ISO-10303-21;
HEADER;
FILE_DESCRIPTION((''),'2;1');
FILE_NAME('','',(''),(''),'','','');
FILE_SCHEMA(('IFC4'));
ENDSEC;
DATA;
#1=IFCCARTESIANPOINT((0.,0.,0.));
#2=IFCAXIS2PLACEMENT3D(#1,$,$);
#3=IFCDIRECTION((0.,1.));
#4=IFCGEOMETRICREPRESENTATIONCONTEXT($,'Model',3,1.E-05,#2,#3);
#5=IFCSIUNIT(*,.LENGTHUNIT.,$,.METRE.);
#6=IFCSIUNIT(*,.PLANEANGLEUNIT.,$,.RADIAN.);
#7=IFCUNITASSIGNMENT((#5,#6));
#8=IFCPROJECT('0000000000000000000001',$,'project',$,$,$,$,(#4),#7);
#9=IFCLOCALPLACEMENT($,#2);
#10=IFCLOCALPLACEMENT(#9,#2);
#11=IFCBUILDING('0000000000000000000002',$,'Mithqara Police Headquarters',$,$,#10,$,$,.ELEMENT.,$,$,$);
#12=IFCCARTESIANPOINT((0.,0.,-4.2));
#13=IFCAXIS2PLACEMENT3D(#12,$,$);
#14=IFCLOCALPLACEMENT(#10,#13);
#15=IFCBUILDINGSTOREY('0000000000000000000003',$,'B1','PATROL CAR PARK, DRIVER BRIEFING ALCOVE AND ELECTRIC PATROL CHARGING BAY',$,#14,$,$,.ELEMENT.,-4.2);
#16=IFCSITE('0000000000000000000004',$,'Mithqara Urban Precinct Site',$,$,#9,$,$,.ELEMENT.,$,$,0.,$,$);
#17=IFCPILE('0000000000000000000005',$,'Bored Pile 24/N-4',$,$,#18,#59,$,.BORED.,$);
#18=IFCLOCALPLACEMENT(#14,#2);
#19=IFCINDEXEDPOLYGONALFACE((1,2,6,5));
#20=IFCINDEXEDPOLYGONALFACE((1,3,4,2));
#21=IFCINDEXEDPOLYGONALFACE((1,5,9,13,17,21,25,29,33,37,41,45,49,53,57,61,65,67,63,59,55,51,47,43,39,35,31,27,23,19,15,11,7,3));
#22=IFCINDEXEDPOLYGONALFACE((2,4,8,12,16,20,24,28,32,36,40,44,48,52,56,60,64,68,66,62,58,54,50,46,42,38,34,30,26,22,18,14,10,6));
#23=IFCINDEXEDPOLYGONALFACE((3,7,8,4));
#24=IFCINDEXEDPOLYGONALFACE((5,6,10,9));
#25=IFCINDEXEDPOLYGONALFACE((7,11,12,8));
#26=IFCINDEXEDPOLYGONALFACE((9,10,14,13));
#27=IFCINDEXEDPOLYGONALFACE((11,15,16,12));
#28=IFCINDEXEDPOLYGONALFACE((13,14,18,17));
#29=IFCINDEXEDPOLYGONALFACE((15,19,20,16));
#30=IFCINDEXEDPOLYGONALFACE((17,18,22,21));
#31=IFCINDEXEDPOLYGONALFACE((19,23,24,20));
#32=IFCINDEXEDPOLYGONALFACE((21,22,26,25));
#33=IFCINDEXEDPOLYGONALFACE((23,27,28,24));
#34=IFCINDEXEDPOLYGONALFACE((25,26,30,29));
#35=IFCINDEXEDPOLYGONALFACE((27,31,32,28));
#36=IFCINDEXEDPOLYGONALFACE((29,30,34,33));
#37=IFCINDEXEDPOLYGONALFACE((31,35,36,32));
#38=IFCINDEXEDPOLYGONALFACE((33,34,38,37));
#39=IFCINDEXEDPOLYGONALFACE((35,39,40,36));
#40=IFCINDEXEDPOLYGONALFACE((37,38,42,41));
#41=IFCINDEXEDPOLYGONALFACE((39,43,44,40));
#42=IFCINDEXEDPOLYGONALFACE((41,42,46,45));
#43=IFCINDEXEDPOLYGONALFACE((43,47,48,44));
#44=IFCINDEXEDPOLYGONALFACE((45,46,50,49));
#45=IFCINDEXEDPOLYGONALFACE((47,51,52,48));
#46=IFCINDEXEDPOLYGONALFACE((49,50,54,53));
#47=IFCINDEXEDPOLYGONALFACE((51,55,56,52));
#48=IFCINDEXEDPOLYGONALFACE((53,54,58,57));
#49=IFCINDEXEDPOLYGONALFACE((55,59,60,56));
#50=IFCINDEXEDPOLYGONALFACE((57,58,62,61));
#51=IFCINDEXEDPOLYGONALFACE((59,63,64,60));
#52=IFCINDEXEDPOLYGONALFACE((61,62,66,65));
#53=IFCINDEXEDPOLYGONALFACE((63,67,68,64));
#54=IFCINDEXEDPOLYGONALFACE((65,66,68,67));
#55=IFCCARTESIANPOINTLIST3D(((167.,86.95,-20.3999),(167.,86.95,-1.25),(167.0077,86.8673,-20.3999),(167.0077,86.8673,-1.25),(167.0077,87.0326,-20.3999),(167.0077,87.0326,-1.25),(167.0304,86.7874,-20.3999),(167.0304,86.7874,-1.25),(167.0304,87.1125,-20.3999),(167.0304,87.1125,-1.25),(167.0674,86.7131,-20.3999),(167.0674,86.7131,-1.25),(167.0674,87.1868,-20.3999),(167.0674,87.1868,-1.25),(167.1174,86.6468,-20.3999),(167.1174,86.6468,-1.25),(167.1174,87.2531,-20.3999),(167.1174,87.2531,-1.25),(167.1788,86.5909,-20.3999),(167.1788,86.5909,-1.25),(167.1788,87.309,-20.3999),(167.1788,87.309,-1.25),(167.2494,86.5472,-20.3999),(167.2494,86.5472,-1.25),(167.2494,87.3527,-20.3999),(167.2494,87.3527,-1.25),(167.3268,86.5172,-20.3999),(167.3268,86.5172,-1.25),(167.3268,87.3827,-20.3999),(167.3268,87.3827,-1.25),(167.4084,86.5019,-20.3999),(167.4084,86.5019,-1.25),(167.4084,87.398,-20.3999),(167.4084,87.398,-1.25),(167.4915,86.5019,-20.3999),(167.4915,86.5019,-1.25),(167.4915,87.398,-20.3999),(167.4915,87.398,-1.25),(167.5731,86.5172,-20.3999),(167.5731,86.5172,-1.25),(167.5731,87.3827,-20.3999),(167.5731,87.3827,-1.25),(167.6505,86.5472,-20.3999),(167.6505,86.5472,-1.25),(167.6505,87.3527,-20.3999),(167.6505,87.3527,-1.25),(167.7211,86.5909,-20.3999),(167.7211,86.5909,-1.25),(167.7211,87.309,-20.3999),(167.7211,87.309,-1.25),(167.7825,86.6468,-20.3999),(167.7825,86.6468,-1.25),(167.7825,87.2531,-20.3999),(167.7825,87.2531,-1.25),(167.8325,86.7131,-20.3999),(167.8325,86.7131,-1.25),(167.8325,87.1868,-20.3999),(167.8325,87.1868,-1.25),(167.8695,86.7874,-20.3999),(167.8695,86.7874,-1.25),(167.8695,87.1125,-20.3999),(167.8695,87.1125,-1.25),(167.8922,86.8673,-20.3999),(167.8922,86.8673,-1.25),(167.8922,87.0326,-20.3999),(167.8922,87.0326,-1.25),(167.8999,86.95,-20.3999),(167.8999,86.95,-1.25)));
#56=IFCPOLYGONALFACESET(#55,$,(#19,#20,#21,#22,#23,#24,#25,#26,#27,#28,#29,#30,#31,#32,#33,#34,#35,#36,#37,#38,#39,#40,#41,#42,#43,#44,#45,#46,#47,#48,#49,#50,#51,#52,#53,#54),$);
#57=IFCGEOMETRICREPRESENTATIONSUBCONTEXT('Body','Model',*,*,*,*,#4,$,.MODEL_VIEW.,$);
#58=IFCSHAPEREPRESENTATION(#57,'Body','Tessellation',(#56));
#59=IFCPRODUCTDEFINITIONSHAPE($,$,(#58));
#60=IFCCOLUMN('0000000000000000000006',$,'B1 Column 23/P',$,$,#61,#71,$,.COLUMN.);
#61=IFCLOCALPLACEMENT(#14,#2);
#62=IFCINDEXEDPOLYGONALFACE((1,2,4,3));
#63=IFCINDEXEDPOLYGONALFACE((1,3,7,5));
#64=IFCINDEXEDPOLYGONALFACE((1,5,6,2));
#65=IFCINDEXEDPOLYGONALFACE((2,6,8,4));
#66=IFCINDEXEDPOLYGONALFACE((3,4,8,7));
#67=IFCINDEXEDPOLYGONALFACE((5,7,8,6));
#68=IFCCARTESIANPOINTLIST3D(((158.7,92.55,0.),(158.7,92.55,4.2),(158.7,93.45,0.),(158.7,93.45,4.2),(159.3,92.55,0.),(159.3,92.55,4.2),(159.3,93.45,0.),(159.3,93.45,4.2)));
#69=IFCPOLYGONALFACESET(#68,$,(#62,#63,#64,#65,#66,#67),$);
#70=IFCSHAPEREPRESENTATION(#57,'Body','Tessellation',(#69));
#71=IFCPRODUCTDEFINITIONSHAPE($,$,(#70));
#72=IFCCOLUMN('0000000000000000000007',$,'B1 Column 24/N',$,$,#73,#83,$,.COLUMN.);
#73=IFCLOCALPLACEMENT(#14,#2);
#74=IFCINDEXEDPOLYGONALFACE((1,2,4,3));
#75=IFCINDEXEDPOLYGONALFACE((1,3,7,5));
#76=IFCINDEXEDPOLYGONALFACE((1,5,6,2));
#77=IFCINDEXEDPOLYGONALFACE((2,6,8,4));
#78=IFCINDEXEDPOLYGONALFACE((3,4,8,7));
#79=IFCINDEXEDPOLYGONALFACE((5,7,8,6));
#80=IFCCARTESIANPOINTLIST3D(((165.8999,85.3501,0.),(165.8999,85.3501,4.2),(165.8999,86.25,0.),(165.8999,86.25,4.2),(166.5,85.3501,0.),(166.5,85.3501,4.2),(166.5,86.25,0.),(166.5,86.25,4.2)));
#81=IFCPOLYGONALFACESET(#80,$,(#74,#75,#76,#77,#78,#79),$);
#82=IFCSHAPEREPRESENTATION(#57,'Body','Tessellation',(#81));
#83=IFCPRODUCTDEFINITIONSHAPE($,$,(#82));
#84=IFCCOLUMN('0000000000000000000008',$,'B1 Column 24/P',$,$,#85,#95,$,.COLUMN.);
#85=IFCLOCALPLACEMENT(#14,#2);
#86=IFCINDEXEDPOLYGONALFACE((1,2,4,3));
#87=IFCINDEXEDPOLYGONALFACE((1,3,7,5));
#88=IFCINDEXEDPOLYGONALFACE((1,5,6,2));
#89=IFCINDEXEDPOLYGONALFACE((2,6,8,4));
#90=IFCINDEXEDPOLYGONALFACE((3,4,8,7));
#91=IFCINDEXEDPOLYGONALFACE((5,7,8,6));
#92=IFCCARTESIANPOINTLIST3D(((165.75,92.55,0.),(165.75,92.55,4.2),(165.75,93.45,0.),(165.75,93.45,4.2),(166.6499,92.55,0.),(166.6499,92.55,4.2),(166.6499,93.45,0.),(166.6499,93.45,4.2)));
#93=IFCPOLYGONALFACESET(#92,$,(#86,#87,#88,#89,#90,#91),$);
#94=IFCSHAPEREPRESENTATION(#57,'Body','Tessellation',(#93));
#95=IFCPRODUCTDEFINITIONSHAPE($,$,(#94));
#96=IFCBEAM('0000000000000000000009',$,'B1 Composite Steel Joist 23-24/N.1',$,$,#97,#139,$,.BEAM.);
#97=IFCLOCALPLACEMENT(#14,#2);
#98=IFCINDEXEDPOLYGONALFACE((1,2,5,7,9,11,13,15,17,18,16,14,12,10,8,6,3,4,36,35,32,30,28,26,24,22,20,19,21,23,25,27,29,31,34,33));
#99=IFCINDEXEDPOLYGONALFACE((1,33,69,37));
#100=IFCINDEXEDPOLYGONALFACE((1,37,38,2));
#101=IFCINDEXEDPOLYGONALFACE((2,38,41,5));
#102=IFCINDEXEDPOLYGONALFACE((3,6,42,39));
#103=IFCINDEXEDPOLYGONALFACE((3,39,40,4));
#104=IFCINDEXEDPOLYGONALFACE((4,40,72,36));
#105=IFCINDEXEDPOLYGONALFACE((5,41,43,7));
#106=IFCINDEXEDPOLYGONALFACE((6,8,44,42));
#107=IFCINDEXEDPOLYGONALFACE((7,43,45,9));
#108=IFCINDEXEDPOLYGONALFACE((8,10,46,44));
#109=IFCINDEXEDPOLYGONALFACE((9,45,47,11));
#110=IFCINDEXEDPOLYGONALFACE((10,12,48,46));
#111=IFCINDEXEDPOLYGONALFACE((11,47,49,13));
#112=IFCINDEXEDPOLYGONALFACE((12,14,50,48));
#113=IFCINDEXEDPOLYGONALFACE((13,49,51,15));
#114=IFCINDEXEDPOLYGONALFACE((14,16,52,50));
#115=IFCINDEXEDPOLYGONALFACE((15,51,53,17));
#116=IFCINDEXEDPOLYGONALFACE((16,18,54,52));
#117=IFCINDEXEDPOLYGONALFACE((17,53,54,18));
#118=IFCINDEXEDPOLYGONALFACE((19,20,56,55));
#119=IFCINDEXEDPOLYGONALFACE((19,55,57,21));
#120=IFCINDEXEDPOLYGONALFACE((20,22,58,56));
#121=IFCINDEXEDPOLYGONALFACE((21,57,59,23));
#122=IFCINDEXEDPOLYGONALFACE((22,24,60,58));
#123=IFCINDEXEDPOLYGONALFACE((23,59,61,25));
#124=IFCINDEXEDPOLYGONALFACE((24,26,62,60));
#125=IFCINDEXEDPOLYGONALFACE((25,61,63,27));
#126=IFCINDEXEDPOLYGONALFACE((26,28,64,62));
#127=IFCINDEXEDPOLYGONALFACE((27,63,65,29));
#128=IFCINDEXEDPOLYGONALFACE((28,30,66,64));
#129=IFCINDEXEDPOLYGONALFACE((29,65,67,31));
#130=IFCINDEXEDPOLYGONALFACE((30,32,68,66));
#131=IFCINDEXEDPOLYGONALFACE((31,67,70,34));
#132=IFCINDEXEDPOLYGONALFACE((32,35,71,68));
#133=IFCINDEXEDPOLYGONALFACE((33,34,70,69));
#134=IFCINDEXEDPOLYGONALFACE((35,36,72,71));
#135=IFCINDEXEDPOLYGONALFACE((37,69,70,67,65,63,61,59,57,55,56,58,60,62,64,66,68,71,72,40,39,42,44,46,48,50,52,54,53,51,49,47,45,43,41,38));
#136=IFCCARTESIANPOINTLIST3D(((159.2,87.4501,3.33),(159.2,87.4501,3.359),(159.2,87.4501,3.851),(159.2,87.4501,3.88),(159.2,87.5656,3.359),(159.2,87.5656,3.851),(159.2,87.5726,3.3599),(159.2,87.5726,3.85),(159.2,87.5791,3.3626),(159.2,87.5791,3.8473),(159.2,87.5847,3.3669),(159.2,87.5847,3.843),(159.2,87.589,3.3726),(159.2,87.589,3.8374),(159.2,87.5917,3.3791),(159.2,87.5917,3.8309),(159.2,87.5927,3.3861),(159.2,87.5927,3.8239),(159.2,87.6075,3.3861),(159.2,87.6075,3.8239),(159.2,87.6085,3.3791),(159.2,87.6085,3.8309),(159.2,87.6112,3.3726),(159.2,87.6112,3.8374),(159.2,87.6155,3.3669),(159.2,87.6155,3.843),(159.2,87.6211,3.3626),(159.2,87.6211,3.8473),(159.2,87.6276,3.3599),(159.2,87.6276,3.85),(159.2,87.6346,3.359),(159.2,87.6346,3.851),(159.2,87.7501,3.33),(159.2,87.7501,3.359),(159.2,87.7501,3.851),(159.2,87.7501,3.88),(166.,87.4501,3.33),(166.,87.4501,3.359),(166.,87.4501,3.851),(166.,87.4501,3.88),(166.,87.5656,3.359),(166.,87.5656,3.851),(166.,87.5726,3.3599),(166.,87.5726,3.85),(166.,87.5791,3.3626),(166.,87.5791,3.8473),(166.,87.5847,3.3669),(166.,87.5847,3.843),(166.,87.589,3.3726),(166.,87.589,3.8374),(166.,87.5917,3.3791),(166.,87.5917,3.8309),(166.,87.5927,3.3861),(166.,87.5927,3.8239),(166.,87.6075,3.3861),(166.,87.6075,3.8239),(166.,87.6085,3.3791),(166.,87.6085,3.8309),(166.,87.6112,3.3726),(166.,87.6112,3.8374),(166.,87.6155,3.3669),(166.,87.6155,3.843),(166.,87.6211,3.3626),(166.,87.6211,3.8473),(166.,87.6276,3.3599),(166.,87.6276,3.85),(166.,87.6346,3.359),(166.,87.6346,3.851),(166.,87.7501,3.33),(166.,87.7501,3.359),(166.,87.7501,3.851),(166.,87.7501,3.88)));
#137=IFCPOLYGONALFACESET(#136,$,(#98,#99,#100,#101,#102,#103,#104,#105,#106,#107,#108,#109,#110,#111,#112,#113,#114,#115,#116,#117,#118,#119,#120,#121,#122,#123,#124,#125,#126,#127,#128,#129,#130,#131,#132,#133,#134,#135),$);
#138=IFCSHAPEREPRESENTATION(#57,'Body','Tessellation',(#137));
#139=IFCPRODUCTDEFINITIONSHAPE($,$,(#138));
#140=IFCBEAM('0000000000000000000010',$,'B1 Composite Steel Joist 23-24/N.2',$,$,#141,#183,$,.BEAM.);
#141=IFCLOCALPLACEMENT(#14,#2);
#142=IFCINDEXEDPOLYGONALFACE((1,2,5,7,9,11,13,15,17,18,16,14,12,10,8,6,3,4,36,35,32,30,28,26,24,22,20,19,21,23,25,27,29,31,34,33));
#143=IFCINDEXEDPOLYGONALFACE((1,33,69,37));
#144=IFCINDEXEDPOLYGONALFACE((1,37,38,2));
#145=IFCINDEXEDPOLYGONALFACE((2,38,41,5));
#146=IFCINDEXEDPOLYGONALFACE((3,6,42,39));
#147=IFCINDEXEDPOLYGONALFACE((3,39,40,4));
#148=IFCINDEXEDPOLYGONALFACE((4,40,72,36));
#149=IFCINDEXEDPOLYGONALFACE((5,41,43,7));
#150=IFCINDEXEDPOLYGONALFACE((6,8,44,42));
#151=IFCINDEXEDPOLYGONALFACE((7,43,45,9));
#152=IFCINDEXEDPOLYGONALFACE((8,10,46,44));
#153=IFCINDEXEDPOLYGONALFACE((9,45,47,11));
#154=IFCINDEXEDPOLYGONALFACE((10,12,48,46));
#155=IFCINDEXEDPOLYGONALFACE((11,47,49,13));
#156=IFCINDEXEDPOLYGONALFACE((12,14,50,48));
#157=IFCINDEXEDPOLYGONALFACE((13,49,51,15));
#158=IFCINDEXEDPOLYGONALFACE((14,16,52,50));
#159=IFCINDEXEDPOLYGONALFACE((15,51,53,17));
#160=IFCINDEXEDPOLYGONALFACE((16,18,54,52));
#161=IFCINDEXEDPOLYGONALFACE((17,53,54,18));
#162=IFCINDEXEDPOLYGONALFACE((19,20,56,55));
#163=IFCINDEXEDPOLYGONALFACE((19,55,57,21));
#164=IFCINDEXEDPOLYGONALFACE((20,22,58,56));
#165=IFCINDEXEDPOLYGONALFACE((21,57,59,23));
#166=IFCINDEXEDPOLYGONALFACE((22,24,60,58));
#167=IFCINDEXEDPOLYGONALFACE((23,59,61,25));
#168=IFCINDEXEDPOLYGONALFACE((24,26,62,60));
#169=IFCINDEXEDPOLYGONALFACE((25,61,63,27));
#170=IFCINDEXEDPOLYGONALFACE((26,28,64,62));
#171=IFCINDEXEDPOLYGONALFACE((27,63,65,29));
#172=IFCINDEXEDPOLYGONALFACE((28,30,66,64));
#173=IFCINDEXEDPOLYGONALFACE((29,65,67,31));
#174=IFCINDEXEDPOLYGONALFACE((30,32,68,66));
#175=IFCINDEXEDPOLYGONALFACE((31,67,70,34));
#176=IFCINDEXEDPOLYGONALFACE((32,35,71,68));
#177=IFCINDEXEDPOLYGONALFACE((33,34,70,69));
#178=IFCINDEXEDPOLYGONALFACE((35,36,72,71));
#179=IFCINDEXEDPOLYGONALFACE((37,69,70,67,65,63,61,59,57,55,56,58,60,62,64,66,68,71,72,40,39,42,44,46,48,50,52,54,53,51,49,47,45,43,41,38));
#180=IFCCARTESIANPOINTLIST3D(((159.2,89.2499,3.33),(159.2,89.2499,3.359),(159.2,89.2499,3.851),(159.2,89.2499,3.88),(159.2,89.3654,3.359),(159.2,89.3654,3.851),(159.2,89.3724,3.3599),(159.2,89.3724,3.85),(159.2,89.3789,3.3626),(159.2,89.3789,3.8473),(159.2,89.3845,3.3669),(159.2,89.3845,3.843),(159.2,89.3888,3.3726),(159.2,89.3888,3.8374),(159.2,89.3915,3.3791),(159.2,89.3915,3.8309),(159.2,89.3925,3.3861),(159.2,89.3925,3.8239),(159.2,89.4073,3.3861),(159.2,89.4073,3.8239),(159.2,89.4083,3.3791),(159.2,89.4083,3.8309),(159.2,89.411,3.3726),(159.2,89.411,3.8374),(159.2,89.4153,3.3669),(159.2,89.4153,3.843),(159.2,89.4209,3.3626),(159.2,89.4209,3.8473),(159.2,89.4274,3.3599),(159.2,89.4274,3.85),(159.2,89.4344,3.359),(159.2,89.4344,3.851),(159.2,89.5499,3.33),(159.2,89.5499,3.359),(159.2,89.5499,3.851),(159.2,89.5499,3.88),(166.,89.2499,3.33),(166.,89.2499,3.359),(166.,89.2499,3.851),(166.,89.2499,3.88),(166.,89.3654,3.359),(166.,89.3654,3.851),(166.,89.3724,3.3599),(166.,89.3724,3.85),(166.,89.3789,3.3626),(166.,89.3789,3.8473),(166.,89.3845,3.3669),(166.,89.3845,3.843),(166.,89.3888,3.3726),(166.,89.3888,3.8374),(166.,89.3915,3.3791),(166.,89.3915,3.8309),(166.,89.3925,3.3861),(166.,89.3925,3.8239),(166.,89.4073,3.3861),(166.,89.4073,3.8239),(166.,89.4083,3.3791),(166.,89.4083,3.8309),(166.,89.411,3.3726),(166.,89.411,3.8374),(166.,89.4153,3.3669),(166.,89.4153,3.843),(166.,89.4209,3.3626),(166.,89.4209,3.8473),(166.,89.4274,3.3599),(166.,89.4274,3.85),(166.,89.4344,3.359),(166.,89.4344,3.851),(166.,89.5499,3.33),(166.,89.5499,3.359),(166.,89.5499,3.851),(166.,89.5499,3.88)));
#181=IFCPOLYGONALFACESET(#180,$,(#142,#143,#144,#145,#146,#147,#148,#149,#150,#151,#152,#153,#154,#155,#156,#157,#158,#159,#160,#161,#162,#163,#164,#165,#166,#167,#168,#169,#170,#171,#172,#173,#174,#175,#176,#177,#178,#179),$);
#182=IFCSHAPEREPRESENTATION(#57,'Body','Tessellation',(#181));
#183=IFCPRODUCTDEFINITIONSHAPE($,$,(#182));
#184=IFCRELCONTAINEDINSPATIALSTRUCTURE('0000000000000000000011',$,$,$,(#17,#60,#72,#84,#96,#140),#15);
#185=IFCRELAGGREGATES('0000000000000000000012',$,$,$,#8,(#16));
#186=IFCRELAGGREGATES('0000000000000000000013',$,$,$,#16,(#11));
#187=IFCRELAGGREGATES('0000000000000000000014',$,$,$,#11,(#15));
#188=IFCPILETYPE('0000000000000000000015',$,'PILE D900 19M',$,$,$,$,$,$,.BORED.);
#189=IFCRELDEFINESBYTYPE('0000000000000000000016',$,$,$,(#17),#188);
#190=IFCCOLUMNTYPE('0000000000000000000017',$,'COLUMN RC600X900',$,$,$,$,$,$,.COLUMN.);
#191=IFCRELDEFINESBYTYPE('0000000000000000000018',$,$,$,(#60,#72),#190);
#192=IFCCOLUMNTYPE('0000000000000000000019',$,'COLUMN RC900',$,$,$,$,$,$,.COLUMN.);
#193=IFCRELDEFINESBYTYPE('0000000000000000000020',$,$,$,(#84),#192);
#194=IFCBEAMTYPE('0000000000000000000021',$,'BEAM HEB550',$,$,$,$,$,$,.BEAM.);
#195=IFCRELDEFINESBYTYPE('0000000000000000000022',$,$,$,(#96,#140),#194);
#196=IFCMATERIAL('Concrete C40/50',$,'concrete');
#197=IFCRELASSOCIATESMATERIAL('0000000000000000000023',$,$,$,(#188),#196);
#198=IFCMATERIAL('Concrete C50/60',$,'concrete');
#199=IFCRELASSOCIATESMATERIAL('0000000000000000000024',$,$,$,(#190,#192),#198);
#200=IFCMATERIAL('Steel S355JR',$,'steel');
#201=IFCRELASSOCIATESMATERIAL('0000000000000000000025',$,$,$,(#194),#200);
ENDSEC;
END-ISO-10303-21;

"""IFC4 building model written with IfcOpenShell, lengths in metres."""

from ifc_helpers import new_model, si_unit, direction, frame, origin, origin_2d, place, context, subcontext, project, spatial, rectangle, circle, i_section, extrude, material, material_profile, profile_set, type_object, element, save


model = new_model("IFC4")

# Units and contexts
model_context = context("Model", 3, precision=1e-05, world=origin(), true_north=direction((0.0, 1.0)))
body_context = subcontext(model_context, "Body", "Model", "MODEL_VIEW")
ifc_project = project(units=[si_unit("LENGTHUNIT", "METRE"), si_unit("PLANEANGLEUNIT", "RADIAN")], contexts=[model_context])

# Site, building, storey
site_placement = place(None, origin())
site = spatial("IfcSite", under=ifc_project, at=site_placement, Name="Mithqara Urban Precinct Site", CompositionType="ELEMENT", RefElevation=0.0)
building_placement = place(site_placement, origin())
building = spatial("IfcBuilding", under=site, at=building_placement, Name="Mithqara Police Headquarters", CompositionType="ELEMENT")
storey_placement = place(building_placement, frame((0.0, 0.0, -4.2)))
storey = spatial("IfcBuildingStorey", under=building, at=storey_placement, Name="B1", Description="PATROL CAR PARK, DRIVER BRIEFING ALCOVE AND ELECTRIC PATROL CHARGING BAY", CompositionType="ELEMENT", Elevation=-4.2)

# Shared definitions
ifc_material_1 = material(Name="Concrete C40/50", Category="concrete")

# Pile
ifc_material_profile_1 = material_profile(ifc_material_1, circle(Radius=0.45, at=origin_2d()), Name="PILE D900")
ifc_profile_set_1 = profile_set([ifc_material_profile_1], Name="Concrete C40/50")
pile_type_1 = type_object("IfcPileType", Name="PILE D900 19M", PredefinedType="BORED", material=ifc_profile_set_1)
for number, where, z_axis, x_axis, name in (
    (1, (167.45, 86.95, -1.25), (0.0, 0.0, -1.0), (1.0, 0.0, 0.0), "Bored Pile 24/N-4"),
):
    element("IfcPile", number, at=place(storey_placement, frame(where, z_axis=z_axis, x_axis=x_axis)), inside=storey, type_object=pile_type_1, Name=name, PredefinedType="BORED", context=body_context, shape_type="SweptSolid", body=[
        extrude(circle(Radius=0.45, at=origin_2d()), origin(), (0.0, 0.0, 1.0), 19.1499),
    ])

# Columns
ifc_material_2 = material(Name="Concrete C50/60", Category="concrete")
ifc_material_profile_2 = material_profile(ifc_material_2, rectangle(XDim=0.6001, YDim=0.8999, at=origin_2d()), Name="RC 600x900")
ifc_profile_set_2 = profile_set([ifc_material_profile_2], Name="Concrete C50/60")
column_type_1 = type_object("IfcColumnType", Name="COLUMN RC600X900", PredefinedType="COLUMN", material=ifc_profile_set_2)
for number, where, z_axis, x_axis, name in (
    (2, (159.0, 93.0, 0.0), (0.0, 0.0, 1.0), (1.0, 0.0, 0.0), "B1 Column 23/P"),
    (3, (166.2, 85.8, 0.0), (0.0, 0.0, 1.0), (1.0, 0.0, 0.0), "B1 Column 24/N"),
):
    element("IfcColumn", number, at=place(storey_placement, frame(where, z_axis=z_axis, x_axis=x_axis)), inside=storey, type_object=column_type_1, Name=name, PredefinedType="COLUMN", context=body_context, shape_type="SweptSolid", body=[
        extrude(rectangle(XDim=0.6001, YDim=0.8999, at=origin_2d()), origin(), (0.0, 0.0, 1.0), 4.2),
    ])
ifc_material_profile_3 = material_profile(ifc_material_2, rectangle(XDim=0.8999, YDim=0.8999, at=origin_2d()), Name="RC 900x900")
ifc_profile_set_3 = profile_set([ifc_material_profile_3], Name="Concrete C50/60")
column_type_2 = type_object("IfcColumnType", Name="COLUMN RC900", PredefinedType="COLUMN", material=ifc_profile_set_3)
column_placement = place(storey_placement, frame((166.2, 93.0, 0.0), z_axis=(0.0, 0.0, 1.0), x_axis=(1.0, 0.0, 0.0)))
element("IfcColumn", 4, at=column_placement, inside=storey, type_object=column_type_2, Name="B1 Column 24/P", PredefinedType="COLUMN", context=body_context, shape_type="SweptSolid", body=[
    extrude(rectangle(XDim=0.8999, YDim=0.8999, at=origin_2d()), origin(), (0.0, 0.0, 1.0), 4.2),
])

# Beams
ifc_material_3 = material(Name="Steel S355JR", Category="steel")
ifc_material_profile_4 = material_profile(ifc_material_3, i_section(OverallWidth=0.3, OverallDepth=0.55, WebThickness=0.0149, FlangeThickness=0.0291, FilletRadius=0.0271, at=origin_2d()), Name="HEB 550")
ifc_profile_set_4 = profile_set([ifc_material_profile_4], Name="Steel S355JR")
beam_type_1 = type_object("IfcBeamType", Name="BEAM HEB550", PredefinedType="BEAM", material=ifc_profile_set_4)
for number, where, z_axis, x_axis, name in (
    (5, (159.2, 87.6001, 3.605), (1.0, 0.0, 0.0), (0.0, 1.0, 0.0), "B1 Composite Steel Joist 23-24/N.1"),
    (6, (159.2, 89.3999, 3.605), (1.0, 0.0, 0.0), (0.0, 1.0, 0.0), "B1 Composite Steel Joist 23-24/N.2"),
):
    element("IfcBeam", number, at=place(storey_placement, frame(where, z_axis=z_axis, x_axis=x_axis)), inside=storey, type_object=beam_type_1, Name=name, PredefinedType="BEAM", context=body_context, shape_type="SweptSolid", body=[
        extrude(i_section(OverallWidth=0.3, OverallDepth=0.55, WebThickness=0.0149, FlangeThickness=0.0291, FilletRadius=0.0271, at=origin_2d()), origin(), (0.0, 0.0, 1.0), 6.8),
    ])

save(model, "model.ifc")
